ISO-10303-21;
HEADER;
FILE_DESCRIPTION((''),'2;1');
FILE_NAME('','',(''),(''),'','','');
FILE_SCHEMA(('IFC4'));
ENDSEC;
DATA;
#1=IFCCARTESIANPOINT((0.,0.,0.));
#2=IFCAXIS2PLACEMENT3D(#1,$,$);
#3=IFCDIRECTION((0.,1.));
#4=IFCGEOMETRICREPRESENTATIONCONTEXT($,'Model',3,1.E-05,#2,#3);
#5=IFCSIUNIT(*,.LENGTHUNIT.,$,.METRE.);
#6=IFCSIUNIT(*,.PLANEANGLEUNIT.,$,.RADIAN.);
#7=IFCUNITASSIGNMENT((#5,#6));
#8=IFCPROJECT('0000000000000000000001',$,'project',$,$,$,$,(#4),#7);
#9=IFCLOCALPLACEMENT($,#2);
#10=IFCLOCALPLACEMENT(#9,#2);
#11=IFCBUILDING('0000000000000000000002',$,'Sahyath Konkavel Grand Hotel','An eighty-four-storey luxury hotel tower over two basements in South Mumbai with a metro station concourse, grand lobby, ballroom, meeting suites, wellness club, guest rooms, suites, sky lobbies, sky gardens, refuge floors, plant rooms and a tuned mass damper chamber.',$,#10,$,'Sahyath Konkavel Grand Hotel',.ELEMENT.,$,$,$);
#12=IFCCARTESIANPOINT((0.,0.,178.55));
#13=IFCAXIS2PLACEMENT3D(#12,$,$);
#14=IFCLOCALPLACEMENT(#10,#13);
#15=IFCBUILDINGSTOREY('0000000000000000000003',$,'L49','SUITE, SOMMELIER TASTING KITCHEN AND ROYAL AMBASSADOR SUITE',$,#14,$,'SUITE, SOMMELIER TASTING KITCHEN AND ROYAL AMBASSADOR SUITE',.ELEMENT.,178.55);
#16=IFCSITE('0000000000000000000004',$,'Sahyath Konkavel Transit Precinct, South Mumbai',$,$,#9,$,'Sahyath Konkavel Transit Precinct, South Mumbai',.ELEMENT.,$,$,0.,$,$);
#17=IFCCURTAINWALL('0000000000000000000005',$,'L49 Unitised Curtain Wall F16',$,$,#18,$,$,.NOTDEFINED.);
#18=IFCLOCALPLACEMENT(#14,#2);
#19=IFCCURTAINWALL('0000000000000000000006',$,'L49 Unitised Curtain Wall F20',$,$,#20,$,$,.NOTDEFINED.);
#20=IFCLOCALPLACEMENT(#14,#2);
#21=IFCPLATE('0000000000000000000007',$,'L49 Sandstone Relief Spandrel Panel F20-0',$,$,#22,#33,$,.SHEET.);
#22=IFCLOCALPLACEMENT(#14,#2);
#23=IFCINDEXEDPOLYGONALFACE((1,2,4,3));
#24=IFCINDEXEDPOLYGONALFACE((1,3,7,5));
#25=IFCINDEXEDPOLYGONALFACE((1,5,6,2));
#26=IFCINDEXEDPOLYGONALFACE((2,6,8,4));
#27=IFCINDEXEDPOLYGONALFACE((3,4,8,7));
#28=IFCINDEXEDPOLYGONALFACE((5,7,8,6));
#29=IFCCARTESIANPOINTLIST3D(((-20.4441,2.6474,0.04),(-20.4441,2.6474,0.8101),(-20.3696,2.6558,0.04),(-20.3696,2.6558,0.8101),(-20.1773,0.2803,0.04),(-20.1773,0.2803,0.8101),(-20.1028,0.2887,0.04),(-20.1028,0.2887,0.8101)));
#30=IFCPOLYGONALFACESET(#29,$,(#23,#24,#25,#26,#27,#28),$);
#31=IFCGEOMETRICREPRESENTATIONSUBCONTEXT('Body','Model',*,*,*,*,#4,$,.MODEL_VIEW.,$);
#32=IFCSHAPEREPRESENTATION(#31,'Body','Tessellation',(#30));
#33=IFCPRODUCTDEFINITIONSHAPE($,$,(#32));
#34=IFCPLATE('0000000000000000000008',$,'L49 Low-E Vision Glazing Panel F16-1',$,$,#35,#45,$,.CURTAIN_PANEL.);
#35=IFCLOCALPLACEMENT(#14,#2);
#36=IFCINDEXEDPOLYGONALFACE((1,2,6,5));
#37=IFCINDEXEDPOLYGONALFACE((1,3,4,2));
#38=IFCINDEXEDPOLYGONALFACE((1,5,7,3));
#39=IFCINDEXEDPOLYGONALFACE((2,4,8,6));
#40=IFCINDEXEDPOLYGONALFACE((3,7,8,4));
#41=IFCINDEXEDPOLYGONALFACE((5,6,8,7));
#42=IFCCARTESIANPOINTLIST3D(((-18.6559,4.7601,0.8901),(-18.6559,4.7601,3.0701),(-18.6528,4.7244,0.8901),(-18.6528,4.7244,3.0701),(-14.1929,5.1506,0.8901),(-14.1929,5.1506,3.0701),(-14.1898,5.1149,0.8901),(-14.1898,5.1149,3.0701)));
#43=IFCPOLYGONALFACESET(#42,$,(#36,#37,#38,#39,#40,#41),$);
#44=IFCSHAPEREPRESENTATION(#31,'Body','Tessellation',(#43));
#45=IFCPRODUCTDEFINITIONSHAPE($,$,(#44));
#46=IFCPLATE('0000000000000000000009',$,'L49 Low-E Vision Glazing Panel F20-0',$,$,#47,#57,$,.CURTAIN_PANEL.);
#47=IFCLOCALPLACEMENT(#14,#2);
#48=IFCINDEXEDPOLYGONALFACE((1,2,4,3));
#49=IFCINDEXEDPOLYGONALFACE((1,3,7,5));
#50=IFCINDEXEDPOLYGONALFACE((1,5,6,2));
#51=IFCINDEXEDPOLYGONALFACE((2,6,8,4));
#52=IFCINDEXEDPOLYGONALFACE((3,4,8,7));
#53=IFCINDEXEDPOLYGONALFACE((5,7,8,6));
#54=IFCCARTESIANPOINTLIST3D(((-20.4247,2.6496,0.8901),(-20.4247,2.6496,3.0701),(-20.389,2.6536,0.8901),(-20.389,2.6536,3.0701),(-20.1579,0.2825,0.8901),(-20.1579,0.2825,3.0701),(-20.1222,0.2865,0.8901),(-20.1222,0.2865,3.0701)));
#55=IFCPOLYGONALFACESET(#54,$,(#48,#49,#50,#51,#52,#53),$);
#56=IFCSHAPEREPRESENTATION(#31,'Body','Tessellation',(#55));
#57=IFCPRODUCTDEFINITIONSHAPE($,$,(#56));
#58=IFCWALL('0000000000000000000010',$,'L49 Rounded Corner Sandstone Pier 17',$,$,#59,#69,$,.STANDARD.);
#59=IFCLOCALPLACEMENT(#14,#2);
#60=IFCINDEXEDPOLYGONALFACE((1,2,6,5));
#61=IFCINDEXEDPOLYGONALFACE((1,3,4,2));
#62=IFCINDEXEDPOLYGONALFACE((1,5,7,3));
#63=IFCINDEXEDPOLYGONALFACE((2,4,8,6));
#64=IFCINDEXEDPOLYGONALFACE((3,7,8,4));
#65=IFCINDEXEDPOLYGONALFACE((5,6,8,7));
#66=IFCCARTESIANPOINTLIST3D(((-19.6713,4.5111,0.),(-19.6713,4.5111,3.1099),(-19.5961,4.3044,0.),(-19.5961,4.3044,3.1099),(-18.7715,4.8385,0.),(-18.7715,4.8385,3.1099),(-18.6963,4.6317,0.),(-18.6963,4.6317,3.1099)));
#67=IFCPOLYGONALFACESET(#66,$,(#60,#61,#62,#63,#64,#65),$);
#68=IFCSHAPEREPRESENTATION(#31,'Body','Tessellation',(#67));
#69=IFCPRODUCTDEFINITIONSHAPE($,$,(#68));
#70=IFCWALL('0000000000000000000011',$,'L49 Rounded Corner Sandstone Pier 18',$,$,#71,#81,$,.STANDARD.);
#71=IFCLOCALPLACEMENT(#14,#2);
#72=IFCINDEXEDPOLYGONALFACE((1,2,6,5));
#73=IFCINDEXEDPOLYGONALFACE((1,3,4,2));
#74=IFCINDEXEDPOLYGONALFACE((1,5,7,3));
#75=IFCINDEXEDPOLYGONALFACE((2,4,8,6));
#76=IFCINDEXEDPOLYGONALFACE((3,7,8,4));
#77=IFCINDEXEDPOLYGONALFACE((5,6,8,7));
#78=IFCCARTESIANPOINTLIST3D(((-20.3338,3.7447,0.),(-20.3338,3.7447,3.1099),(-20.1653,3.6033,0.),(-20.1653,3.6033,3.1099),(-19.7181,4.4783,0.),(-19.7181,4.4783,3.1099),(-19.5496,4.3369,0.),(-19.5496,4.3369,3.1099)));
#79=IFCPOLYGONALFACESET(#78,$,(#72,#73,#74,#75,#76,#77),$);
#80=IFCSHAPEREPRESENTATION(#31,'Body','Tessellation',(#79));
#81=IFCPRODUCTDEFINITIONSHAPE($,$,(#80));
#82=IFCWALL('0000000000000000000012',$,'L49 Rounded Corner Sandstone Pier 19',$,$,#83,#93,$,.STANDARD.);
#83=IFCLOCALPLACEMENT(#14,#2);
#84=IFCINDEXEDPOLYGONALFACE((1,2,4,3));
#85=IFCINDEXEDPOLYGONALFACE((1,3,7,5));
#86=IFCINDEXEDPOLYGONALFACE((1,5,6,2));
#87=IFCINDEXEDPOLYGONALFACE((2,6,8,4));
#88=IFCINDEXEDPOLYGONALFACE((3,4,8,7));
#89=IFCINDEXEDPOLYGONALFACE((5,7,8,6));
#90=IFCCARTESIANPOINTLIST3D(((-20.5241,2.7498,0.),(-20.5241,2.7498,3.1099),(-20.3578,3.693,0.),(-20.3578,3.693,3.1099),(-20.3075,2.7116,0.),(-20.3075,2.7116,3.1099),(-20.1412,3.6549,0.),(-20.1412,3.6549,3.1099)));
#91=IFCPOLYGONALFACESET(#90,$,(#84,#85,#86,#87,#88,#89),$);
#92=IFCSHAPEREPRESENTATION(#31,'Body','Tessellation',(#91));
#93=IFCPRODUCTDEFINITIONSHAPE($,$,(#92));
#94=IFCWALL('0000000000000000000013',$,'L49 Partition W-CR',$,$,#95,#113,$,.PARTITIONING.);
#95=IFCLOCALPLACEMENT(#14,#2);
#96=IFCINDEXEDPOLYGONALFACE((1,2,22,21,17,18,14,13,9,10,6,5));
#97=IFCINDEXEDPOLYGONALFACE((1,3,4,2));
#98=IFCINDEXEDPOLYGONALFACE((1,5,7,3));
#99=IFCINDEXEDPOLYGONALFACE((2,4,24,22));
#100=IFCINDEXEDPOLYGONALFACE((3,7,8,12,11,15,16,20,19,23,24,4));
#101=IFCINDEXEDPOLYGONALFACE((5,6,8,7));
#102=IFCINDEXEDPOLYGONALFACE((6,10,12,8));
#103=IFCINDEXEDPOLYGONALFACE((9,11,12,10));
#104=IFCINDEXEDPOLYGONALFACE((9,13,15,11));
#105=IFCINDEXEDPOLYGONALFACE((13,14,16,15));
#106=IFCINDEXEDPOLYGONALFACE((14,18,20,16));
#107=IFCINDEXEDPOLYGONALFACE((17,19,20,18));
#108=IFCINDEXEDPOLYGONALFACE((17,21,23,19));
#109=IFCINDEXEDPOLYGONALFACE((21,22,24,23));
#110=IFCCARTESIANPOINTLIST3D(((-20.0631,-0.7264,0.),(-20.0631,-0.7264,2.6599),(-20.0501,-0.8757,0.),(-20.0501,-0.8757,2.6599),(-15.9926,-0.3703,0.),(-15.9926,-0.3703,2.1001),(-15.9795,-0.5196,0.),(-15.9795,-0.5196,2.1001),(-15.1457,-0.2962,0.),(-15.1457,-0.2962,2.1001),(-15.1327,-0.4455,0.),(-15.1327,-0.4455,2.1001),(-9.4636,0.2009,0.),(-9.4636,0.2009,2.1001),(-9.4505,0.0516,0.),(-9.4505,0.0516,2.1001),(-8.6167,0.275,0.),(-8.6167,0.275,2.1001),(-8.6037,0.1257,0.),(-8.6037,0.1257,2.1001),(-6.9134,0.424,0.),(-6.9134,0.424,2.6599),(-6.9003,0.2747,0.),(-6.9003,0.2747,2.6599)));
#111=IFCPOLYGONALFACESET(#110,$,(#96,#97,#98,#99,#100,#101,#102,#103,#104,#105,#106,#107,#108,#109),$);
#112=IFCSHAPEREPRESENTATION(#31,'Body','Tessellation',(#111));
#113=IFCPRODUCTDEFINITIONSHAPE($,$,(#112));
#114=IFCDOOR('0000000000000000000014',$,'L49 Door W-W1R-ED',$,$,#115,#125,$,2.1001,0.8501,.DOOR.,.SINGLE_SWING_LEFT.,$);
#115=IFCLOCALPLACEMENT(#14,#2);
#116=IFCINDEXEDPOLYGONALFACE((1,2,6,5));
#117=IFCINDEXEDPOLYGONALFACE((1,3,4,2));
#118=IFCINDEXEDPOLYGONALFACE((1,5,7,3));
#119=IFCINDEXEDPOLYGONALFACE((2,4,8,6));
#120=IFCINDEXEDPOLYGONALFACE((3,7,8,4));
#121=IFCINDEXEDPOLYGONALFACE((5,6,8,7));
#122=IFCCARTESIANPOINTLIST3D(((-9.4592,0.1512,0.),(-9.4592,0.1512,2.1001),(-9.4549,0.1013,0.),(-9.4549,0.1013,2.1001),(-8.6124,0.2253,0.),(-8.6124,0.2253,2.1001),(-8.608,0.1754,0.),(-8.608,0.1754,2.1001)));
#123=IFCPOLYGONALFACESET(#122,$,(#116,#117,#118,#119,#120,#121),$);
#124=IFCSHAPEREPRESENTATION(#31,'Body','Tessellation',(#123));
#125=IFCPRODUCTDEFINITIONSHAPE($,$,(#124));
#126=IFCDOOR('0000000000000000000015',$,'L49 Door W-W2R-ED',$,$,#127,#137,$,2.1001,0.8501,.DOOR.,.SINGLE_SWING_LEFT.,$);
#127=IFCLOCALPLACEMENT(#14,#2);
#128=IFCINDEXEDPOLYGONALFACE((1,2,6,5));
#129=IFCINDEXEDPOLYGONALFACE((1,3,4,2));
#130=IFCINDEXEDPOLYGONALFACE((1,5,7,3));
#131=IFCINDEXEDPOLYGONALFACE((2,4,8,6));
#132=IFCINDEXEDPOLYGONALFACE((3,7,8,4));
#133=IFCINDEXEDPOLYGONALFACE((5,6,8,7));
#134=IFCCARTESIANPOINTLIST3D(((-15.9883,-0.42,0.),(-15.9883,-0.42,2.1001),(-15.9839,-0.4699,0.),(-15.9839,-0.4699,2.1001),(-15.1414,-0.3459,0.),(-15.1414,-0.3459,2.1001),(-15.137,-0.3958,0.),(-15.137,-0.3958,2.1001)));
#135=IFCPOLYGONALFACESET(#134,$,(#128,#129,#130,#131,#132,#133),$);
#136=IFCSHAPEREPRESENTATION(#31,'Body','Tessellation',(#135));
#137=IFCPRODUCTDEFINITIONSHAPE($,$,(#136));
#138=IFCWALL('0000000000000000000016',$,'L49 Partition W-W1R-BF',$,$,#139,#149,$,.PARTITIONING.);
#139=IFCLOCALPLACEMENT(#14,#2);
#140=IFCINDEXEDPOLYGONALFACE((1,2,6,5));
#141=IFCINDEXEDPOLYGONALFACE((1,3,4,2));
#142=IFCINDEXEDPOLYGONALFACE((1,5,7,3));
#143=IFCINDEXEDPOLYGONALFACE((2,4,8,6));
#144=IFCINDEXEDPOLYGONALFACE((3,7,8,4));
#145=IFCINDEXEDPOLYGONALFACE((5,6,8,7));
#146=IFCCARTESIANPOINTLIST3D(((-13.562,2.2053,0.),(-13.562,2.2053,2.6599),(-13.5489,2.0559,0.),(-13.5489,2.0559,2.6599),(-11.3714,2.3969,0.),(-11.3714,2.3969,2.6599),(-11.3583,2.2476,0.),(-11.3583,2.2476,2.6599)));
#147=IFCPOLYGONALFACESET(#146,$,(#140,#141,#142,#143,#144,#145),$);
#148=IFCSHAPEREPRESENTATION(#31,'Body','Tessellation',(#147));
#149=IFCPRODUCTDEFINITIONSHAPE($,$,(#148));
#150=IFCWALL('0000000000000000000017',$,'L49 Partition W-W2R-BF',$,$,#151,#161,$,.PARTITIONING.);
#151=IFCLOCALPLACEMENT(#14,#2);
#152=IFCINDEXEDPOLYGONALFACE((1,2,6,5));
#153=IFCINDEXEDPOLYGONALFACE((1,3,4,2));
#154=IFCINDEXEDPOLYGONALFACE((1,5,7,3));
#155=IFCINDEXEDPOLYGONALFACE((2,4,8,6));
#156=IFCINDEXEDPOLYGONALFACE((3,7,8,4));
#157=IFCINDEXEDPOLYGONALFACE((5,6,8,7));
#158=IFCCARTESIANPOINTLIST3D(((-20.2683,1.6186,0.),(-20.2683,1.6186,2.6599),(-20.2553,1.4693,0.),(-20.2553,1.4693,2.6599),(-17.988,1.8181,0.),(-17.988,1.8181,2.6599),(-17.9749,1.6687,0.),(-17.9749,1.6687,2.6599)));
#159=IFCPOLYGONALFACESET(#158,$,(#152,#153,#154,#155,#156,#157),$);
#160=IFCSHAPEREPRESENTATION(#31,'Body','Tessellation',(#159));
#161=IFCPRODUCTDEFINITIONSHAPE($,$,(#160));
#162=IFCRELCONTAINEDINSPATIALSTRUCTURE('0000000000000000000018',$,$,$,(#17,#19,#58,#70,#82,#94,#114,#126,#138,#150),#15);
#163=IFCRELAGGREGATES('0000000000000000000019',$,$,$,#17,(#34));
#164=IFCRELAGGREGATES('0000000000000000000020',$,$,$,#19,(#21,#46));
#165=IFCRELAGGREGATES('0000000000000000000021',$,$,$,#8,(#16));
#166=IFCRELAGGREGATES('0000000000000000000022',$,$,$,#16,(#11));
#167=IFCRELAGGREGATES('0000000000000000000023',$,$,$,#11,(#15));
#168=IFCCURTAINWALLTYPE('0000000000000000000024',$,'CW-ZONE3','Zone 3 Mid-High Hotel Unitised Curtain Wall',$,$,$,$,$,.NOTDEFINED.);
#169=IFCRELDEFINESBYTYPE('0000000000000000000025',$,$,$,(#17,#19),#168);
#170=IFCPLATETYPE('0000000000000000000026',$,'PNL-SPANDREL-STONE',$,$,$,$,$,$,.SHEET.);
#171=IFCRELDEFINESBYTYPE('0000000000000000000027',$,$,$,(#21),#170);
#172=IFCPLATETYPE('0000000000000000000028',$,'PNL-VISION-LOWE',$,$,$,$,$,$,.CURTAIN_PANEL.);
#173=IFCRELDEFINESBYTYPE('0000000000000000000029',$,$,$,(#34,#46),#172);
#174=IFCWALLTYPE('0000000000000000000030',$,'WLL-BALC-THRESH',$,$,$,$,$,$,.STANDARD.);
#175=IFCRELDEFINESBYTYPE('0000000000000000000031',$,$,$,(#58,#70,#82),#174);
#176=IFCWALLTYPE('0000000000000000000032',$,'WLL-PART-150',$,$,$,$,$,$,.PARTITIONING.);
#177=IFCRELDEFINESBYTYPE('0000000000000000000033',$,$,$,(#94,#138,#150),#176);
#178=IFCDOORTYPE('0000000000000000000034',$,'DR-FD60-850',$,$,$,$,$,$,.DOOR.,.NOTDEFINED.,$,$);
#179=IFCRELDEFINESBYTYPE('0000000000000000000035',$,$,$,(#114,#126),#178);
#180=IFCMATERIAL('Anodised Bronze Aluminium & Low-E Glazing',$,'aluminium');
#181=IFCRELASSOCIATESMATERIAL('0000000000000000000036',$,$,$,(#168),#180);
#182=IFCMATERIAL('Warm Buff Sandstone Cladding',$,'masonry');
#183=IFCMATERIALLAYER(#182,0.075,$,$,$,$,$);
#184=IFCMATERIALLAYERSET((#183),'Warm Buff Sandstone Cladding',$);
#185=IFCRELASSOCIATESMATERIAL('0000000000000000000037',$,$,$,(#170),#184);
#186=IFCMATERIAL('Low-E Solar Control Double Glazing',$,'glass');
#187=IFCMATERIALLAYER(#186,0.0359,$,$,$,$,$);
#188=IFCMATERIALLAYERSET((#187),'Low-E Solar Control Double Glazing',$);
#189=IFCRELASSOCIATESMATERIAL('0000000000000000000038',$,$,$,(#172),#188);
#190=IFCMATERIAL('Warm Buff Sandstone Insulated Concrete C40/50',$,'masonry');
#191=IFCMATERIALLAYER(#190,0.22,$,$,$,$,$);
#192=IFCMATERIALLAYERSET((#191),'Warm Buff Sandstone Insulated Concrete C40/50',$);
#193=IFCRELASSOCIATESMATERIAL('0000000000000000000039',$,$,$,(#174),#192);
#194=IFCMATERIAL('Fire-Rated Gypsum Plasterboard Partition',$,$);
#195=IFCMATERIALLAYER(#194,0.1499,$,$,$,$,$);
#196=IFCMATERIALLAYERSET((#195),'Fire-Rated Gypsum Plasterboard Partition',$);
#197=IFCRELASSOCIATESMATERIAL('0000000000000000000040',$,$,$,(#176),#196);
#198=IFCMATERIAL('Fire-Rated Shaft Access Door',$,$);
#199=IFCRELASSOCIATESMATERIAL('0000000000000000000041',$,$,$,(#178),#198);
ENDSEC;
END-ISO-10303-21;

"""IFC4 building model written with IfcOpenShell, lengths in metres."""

from ifc_helpers import new_model, si_unit, direction, frame, frame_2d, origin, origin_2d, place, context, subcontext, project, spatial, rectangle, extrude, source, transform, mapped, material, layer, layer_set, type_object, element, fill, aggregate, save


model = new_model("IFC4")

# Units and contexts
model_context = context("Model", 3, precision=1e-05, world=origin(), true_north=direction((0.0, 1.0)))
body_context = subcontext(model_context, "Body", "Model", "MODEL_VIEW")
ifc_project = project(units=[si_unit("LENGTHUNIT", "METRE"), si_unit("PLANEANGLEUNIT", "RADIAN")], contexts=[model_context])

# Site, building, storey
site_placement = place(None, origin())
site = spatial("IfcSite", under=ifc_project, at=site_placement, Name="Sahyath Konkavel Transit Precinct, South Mumbai", LongName="Sahyath Konkavel Transit Precinct, South Mumbai", CompositionType="ELEMENT", RefElevation=0.0)
building_placement = place(site_placement, origin())
building = spatial("IfcBuilding", under=site, at=building_placement, Name="Sahyath Konkavel Grand Hotel", Description="An eighty-four-storey luxury hotel tower over two basements in South Mumbai with a metro station concourse, grand lobby, ballroom, meeting suites, wellness club, guest rooms, suites, sky lobbies, sky gardens, refuge floors, plant rooms and a tuned mass damper chamber.", LongName="Sahyath Konkavel Grand Hotel", CompositionType="ELEMENT")
storey_placement = place(building_placement, frame((0.0, 0.0, 178.55)))
storey = spatial("IfcBuildingStorey", under=building, at=storey_placement, Name="L49", Description="SUITE, SOMMELIER TASTING KITCHEN AND ROYAL AMBASSADOR SUITE", LongName="SUITE, SOMMELIER TASTING KITCHEN AND ROYAL AMBASSADOR SUITE", CompositionType="ELEMENT", Elevation=178.55)

# Curtain walls
ifc_material_1 = material(Name="Anodised Bronze Aluminium & Low-E Glazing", Category="aluminium")
curtain_wall_type = type_object("IfcCurtainWallType", Name="CW-ZONE3", Description="Zone 3 Mid-High Hotel Unitised Curtain Wall", PredefinedType="NOTDEFINED", material=ifc_material_1)
curtain_wall_1_placement = place(storey_placement, origin())
curtain_wall_1 = element("IfcCurtainWall", 1, at=curtain_wall_1_placement, inside=storey, type_object=curtain_wall_type, Name="L49 Unitised Curtain Wall F16", PredefinedType="NOTDEFINED")
curtain_wall_2_placement = place(storey_placement, origin())
curtain_wall_2 = element("IfcCurtainWall", 2, at=curtain_wall_2_placement, inside=storey, type_object=curtain_wall_type, Name="L49 Unitised Curtain Wall F20", PredefinedType="NOTDEFINED")

# Plates
ifc_material_2 = material(Name="Warm Buff Sandstone Cladding", Category="masonry")
ifc_layer_1 = layer(ifc_material_2, 0.075)
ifc_layer_set_1 = layer_set([ifc_layer_1], Name="Warm Buff Sandstone Cladding")
plate_type_1 = type_object("IfcPlateType", Name="PNL-SPANDREL-STONE", PredefinedType="SHEET", material=ifc_layer_set_1)
shared_shape_1 = source(origin(), body_context, "Body", "SweptSolid", [
    extrude(rectangle(XDim=2.3821, YDim=0.075, at=origin_2d()), origin(), (0.0, 0.0, 1.0), 0.77),
])
plate_1_placement = place(storey_placement, frame((-20.2734, 1.468, 0.04), z_axis=(0.0, 0.0, 1.0), x_axis=(0.111989, -0.993709, 0.0)))
plate_1 = element("IfcPlate", 3, at=plate_1_placement, type_object=plate_type_1, Name="L49 Sandstone Relief Spandrel Panel F20-0", PredefinedType="SHEET", context=body_context, shape_type="MappedRepresentation", body=[
    mapped(shared_shape_1, transform((0.0, 0.0, 0.0), scale=1.0)),
])
ifc_material_3 = material(Name="Low-E Solar Control Double Glazing", Category="glass")
ifc_layer_2 = layer(ifc_material_3, 0.0359)
ifc_layer_set_2 = layer_set([ifc_layer_2], Name="Low-E Solar Control Double Glazing")
plate_type_2 = type_object("IfcPlateType", Name="PNL-VISION-LOWE", PredefinedType="CURTAIN_PANEL", material=ifc_layer_set_2)
shared_shape_2 = source(origin(), body_context, "Body", "SweptSolid", [
    extrude(rectangle(XDim=4.48, YDim=0.0359, at=origin_2d()), origin(), (0.0, 0.0, 1.0), 2.1799),
])
plate_2_placement = place(storey_placement, frame((-16.4229, 4.9375, 0.8901), z_axis=(0.0, 0.0, 1.0), x_axis=(-0.996195, -0.087156, 0.0)))
plate_2 = element("IfcPlate", 4, at=plate_2_placement, type_object=plate_type_2, Name="L49 Low-E Vision Glazing Panel F16-1", PredefinedType="CURTAIN_PANEL", context=body_context, shape_type="MappedRepresentation", body=[
    mapped(shared_shape_2, transform((0.0, 0.0, 0.0), scale=1.0)),
])
aggregate(curtain_wall_1, [plate_2])
shared_shape_3 = source(origin(), body_context, "Body", "SweptSolid", [
    extrude(rectangle(XDim=2.3821, YDim=0.0359, at=origin_2d()), origin(), (0.0, 0.0, 1.0), 2.1799),
])
plate_3_placement = place(storey_placement, frame((-20.2734, 1.468, 0.8901), z_axis=(0.0, 0.0, 1.0), x_axis=(0.111989, -0.993709, 0.0)))
plate_3 = element("IfcPlate", 5, at=plate_3_placement, type_object=plate_type_2, Name="L49 Low-E Vision Glazing Panel F20-0", PredefinedType="CURTAIN_PANEL", context=body_context, shape_type="MappedRepresentation", body=[
    mapped(shared_shape_3, transform((0.0, 0.0, 0.0), scale=1.0)),
])
aggregate(curtain_wall_2, [plate_1, plate_3])

# Walls
ifc_material_4 = material(Name="Warm Buff Sandstone Insulated Concrete C40/50", Category="masonry")
ifc_layer_3 = layer(ifc_material_4, 0.22)
ifc_layer_set_3 = layer_set([ifc_layer_3], Name="Warm Buff Sandstone Insulated Concrete C40/50")
wall_type_1 = type_object("IfcWallType", Name="WLL-BALC-THRESH", PredefinedType="STANDARD", material=ifc_layer_set_3)
wall_1_placement = place(storey_placement, frame((-18.7339, 4.7351, 0.0), z_axis=(0.0, 0.0, 1.0), x_axis=(-0.939741, -0.341886, 0.0)))
element("IfcWall", 6, at=wall_1_placement, inside=storey, type_object=wall_type_1, Name="L49 Rounded Corner Sandstone Pier 17", PredefinedType="STANDARD", context=body_context, shape_type="SweptSolid", body=[
    extrude(rectangle(XDim=0.9575, YDim=0.22, at=frame_2d((0.4788, 0.0))), origin(), (0.0, 0.0, 1.0), 3.1099),
])
for number, where, z_axis, x_axis, name in (
    (7, (-19.6338, 4.4077, 0.0), (0.0, 0.0, 1.0), (-0.642863, -0.765981, 0.0), "L49 Rounded Corner Sandstone Pier 18"),
    (8, (-20.2495, 3.6741, 0.0), (0.0, 0.0, 1.0), (-0.173611, -0.984814, 0.0), "L49 Rounded Corner Sandstone Pier 19"),
):
    element("IfcWall", number, at=place(storey_placement, frame(where, z_axis=z_axis, x_axis=x_axis)), inside=storey, type_object=wall_type_1, Name=name, PredefinedType="STANDARD", context=body_context, shape_type="SweptSolid", body=[
        extrude(rectangle(XDim=0.9578, YDim=0.22, at=frame_2d((0.479, 0.0))), origin(), (0.0, 0.0, 1.0), 3.1099),
    ])

# Wall, openings, doors
ifc_material_5 = material(Name="Fire-Rated Gypsum Plasterboard Partition")
ifc_layer_4 = layer(ifc_material_5, 0.1499)
ifc_layer_set_4 = layer_set([ifc_layer_4], Name="Fire-Rated Gypsum Plasterboard Partition")
wall_type_2 = type_object("IfcWallType", Name="WLL-PART-150", PredefinedType="PARTITIONING", material=ifc_layer_set_4)
wall_2_placement = place(storey_placement, frame((-6.9067, 0.3494, 0.0), z_axis=(0.0, 0.0, 1.0), x_axis=(-0.996195, -0.087152, 0.0)))
wall_2 = element("IfcWall", 9, at=wall_2_placement, inside=storey, type_object=wall_type_2, Name="L49 Partition W-CR", PredefinedType="PARTITIONING", context=body_context, shape_type="SweptSolid", body=[
    extrude(rectangle(XDim=13.2, YDim=0.1499, at=frame_2d((6.6001, 0.0))), origin(), (0.0, 0.0, 1.0), 2.6599),
])
opening_1_placement = place(wall_2_placement, frame((1.71, 0.0, 0.0)))
opening_1 = element("IfcOpeningElement", 10, at=opening_1_placement, cuts=wall_2, PredefinedType="OPENING", context=body_context, shape_type="SweptSolid", body=[
    extrude(rectangle(XDim=0.8501, YDim=2.1001, at=frame_2d((0.425, 1.05))), frame((0.0, 0.085, 0.0), z_axis=(0.0, -1.0, 0.0), x_axis=(1.0, 0.0, 0.0)), (0.0, 0.0, 1.0), 0.1699),
])
opening_2_placement = place(wall_2_placement, frame((8.2639, 0.0, 0.0)))
opening_2 = element("IfcOpeningElement", 11, at=opening_2_placement, cuts=wall_2, PredefinedType="OPENING", context=body_context, shape_type="SweptSolid", body=[
    extrude(rectangle(XDim=0.8501, YDim=2.1001, at=frame_2d((0.425, 1.05))), frame((0.0, 0.085, 0.0), z_axis=(0.0, -1.0, 0.0), x_axis=(1.0, 0.0, 0.0)), (0.0, 0.0, 1.0), 0.1699),
])
ifc_material_6 = material(Name="Fire-Rated Shaft Access Door")
door_type = type_object("IfcDoorType", Name="DR-FD60-850", OperationType="NOTDEFINED", PredefinedType="DOOR", material=ifc_material_6)
shared_shape_4 = source(origin(), body_context, "Body", "SweptSolid", [
    extrude(rectangle(XDim=0.8501, YDim=0.05, at=origin_2d()), origin(), (0.0, 0.0, 1.0), 2.1001),
])
door_1_placement = place(opening_1_placement, frame((0.425, 0.0, 0.0)))
door_1 = element("IfcDoor", 12, at=door_1_placement, inside=storey, type_object=door_type, Name="L49 Door W-W1R-ED", OperationType="SINGLE_SWING_LEFT", OverallHeight=2.1001, OverallWidth=0.8501, PredefinedType="DOOR", context=body_context, shape_type="MappedRepresentation", body=[
    mapped(shared_shape_4, transform((0.0, 0.0, 0.0), scale=1.0)),
])
fill(opening_1, door_1)
door_2_placement = place(opening_2_placement, frame((0.425, 0.0, 0.0)))
door_2 = element("IfcDoor", 13, at=door_2_placement, inside=storey, type_object=door_type, Name="L49 Door W-W2R-ED", OperationType="SINGLE_SWING_LEFT", OverallHeight=2.1001, OverallWidth=0.8501, PredefinedType="DOOR", context=body_context, shape_type="MappedRepresentation", body=[
    mapped(shared_shape_4, transform((0.0, 0.0, 0.0), scale=1.0)),
])
fill(opening_2, door_2)

# Walls
wall_3_placement = place(storey_placement, frame((-11.3647, 2.3223, 0.0), z_axis=(0.0, 0.0, 1.0), x_axis=(-0.996195, -0.087152, 0.0)))
element("IfcWall", 14, at=wall_3_placement, inside=storey, type_object=wall_type_2, Name="L49 Partition W-W1R-BF", PredefinedType="PARTITIONING", context=body_context, shape_type="SweptSolid", body=[
    extrude(rectangle(XDim=2.199, YDim=0.1499, at=frame_2d((1.0996, 0.0))), origin(), (0.0, 0.0, 1.0), 2.6599),
])
wall_4_placement = place(storey_placement, frame((-17.9814, 1.7434, 0.0), z_axis=(0.0, 0.0, 1.0), x_axis=(-0.996196, -0.08714, 0.0)))
element("IfcWall", 15, at=wall_4_placement, inside=storey, type_object=wall_type_2, Name="L49 Partition W-W2R-BF", PredefinedType="PARTITIONING", context=body_context, shape_type="SweptSolid", body=[
    extrude(rectangle(XDim=2.2891, YDim=0.1499, at=frame_2d((1.1445, 0.0))), origin(), (0.0, 0.0, 1.0), 2.6599),
])

save(model, "model.ifc")
